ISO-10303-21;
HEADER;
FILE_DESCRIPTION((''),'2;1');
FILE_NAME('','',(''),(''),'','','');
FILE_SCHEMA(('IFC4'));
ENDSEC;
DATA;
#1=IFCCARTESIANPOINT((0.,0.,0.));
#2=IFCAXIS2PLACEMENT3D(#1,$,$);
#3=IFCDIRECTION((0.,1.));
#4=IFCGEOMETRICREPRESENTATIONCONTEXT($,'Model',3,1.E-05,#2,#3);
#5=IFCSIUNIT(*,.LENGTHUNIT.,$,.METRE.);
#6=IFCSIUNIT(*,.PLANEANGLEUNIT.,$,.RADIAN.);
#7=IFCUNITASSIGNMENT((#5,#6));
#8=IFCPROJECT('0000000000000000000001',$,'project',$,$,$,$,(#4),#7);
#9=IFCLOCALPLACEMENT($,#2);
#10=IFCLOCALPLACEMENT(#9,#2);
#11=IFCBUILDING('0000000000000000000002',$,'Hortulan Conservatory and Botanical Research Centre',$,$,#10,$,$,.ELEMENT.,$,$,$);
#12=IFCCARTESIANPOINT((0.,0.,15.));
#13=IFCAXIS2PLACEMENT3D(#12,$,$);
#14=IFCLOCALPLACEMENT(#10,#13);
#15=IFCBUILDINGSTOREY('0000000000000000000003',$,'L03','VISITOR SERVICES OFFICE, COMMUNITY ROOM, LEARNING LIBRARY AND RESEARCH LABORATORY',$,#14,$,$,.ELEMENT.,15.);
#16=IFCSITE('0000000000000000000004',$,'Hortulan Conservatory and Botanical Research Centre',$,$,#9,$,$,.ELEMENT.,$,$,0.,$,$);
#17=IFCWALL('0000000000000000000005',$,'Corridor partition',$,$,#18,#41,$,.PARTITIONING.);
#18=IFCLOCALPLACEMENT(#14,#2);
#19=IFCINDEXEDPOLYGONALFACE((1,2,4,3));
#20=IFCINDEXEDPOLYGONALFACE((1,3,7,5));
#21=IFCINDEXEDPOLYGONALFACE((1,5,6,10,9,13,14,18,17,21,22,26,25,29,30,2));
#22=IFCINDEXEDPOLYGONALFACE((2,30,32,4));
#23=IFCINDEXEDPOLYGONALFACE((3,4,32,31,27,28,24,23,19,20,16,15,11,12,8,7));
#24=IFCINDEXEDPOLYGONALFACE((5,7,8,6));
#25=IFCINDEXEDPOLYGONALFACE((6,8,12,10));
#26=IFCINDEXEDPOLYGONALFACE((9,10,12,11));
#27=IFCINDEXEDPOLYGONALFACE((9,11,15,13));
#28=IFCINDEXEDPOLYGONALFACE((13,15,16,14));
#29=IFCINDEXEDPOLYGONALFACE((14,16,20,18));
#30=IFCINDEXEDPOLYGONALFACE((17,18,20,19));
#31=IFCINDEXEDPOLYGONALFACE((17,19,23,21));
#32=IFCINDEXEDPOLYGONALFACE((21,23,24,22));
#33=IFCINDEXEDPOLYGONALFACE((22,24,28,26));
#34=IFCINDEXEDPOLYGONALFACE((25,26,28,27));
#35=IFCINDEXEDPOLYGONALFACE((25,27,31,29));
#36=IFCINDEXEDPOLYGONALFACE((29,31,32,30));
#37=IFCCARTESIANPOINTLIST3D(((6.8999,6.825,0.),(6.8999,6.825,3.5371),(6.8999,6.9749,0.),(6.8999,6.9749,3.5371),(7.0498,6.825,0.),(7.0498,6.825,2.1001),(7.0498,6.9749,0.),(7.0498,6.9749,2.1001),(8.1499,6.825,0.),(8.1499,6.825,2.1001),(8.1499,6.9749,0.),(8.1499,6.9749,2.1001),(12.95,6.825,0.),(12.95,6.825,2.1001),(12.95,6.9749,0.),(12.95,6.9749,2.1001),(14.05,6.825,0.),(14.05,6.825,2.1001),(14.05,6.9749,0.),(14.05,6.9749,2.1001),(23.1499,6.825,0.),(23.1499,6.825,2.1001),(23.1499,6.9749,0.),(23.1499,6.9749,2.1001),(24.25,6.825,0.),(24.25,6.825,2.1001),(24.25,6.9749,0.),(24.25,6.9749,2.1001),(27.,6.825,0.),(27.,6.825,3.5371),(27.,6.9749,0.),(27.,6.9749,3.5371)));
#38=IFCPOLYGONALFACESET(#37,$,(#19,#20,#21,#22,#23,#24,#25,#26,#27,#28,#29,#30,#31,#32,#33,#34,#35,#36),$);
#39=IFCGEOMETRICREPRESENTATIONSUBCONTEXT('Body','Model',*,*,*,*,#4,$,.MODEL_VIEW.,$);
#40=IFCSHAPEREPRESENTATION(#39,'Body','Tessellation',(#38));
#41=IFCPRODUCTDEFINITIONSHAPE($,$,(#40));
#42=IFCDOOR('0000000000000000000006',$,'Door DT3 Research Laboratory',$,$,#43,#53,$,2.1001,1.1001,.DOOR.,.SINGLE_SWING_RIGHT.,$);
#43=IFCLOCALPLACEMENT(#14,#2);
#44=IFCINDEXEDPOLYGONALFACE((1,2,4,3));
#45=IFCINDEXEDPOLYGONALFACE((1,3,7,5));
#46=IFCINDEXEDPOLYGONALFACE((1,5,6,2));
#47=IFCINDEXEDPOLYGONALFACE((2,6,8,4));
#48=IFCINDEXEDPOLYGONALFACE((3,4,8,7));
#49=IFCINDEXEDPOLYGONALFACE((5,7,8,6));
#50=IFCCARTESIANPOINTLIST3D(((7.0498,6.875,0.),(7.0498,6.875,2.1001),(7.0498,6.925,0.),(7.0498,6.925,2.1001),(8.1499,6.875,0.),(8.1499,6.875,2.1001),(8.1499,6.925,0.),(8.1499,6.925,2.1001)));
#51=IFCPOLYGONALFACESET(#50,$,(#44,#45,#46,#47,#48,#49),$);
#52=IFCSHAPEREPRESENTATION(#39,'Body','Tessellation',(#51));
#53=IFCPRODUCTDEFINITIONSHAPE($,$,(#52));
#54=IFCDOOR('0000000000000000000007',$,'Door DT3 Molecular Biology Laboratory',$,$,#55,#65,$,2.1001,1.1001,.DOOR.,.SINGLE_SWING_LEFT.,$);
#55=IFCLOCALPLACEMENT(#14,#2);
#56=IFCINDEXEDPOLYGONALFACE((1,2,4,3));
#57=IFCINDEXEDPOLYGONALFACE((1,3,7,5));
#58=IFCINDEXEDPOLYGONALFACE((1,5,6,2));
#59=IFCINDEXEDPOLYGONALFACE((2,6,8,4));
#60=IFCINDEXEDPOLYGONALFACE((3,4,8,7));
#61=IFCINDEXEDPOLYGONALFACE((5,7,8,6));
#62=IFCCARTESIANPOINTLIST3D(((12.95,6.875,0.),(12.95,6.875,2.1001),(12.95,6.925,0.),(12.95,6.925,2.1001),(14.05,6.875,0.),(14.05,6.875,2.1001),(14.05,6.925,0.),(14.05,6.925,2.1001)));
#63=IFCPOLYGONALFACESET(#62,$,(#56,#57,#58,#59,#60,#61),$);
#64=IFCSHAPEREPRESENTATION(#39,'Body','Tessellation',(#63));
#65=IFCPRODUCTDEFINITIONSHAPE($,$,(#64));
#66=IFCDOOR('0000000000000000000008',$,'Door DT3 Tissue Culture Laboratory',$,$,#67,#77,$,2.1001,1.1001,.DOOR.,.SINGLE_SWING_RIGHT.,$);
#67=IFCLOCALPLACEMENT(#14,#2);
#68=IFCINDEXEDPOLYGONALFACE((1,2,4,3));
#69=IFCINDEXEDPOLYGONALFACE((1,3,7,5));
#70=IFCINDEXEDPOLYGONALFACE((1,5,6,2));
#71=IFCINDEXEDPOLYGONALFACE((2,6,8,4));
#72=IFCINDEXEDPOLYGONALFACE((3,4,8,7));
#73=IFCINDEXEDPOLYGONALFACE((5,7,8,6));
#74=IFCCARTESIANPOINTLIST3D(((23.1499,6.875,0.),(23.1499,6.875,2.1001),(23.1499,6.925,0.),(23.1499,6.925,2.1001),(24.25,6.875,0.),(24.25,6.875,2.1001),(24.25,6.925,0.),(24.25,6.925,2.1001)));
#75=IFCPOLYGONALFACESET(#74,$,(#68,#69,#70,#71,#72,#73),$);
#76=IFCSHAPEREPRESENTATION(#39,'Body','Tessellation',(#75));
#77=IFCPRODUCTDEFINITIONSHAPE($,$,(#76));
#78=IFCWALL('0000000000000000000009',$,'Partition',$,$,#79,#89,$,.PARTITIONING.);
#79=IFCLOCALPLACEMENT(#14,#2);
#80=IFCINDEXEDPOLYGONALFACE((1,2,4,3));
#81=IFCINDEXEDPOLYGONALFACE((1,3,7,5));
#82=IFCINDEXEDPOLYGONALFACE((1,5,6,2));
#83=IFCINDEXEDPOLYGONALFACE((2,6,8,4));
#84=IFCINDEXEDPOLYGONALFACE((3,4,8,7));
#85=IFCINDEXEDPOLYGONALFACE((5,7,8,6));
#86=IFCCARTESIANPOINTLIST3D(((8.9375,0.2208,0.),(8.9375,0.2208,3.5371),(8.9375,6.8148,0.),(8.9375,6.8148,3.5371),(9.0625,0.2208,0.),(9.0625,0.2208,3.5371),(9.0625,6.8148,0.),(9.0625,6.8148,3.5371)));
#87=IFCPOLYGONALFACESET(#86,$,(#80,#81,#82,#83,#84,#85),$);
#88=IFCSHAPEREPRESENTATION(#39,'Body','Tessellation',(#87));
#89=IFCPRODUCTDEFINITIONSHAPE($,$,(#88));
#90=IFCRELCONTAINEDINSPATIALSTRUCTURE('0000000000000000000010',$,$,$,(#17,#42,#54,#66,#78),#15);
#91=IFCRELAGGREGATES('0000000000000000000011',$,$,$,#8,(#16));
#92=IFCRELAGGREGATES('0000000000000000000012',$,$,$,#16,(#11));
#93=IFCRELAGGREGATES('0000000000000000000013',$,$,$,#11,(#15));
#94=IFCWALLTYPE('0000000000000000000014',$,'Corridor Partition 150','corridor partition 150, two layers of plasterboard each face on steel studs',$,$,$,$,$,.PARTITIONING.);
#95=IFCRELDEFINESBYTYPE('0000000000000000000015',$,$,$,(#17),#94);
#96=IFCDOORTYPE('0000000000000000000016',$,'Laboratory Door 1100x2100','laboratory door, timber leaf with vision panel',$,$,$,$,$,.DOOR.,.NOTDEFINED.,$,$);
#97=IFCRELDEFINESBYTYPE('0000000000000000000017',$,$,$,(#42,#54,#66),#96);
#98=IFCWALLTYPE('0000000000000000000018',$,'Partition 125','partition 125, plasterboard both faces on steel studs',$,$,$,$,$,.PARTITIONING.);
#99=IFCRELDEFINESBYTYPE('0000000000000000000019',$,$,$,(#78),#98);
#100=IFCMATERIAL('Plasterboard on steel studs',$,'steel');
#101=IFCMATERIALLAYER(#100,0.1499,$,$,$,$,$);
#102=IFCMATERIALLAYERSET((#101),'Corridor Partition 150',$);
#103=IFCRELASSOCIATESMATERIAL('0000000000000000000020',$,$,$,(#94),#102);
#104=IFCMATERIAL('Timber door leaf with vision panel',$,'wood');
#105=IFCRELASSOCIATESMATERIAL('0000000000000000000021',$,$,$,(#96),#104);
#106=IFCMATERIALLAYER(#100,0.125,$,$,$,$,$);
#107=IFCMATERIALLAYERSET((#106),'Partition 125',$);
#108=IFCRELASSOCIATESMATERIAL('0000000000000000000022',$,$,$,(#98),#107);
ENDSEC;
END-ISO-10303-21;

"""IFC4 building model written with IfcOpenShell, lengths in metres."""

from ifc_helpers import new_model, si_unit, direction, frame, frame_2d, origin, place, context, subcontext, project, spatial, rectangle, extrude, material, layer, layer_set, type_object, element, fill, save


model = new_model("IFC4")

# Units and contexts
model_context = context("Model", 3, precision=1e-05, world=origin(), true_north=direction((0.0, 1.0)))
body_context = subcontext(model_context, "Body", "Model", "MODEL_VIEW")
ifc_project = project(units=[si_unit("LENGTHUNIT", "METRE"), si_unit("PLANEANGLEUNIT", "RADIAN")], contexts=[model_context])

# Site, building, storey
site_placement = place(None, origin())
site = spatial("IfcSite", under=ifc_project, at=site_placement, Name="Hortulan Conservatory and Botanical Research Centre", CompositionType="ELEMENT", RefElevation=0.0)
building_placement = place(site_placement, origin())
building = spatial("IfcBuilding", under=site, at=building_placement, Name="Hortulan Conservatory and Botanical Research Centre", CompositionType="ELEMENT")
storey_placement = place(building_placement, frame((0.0, 0.0, 15.0)))
storey = spatial("IfcBuildingStorey", under=building, at=storey_placement, Name="L03", Description="VISITOR SERVICES OFFICE, COMMUNITY ROOM, LEARNING LIBRARY AND RESEARCH LABORATORY", CompositionType="ELEMENT", Elevation=15.0)

# Wall, openings, doors
ifc_material_1 = material(Name="Plasterboard on steel studs", Category="steel")
ifc_layer_1 = layer(ifc_material_1, 0.1499)
ifc_layer_set_1 = layer_set([ifc_layer_1], Name="Corridor Partition 150")
wall_type_1 = type_object("IfcWallType", Name="Corridor Partition 150", Description="corridor partition 150, two layers of plasterboard each face on steel studs", PredefinedType="PARTITIONING", material=ifc_layer_set_1)
wall_1_placement = place(storey_placement, frame((6.8999, 6.8999, 0.0), z_axis=(0.0, 0.0, 1.0), x_axis=(1.0, 0.0, 0.0)))
wall_1 = element("IfcWall", 1, at=wall_1_placement, inside=storey, type_object=wall_type_1, Name="Corridor partition", PredefinedType="PARTITIONING", context=body_context, shape_type="SweptSolid", body=[
    extrude(rectangle(XDim=20.1001, YDim=0.1499, at=frame_2d((10.05, 0.0))), origin(), (0.0, 0.0, 1.0), 3.5371),
])
opening_1_placement = place(wall_1_placement, frame((0.1499, 0.0, 0.0)))
opening_1 = element("IfcOpeningElement", 2, at=opening_1_placement, cuts=wall_1, PredefinedType="OPENING", context=body_context, shape_type="SweptSolid", body=[
    extrude(rectangle(XDim=1.1001, YDim=2.1001, at=frame_2d((0.55, 1.05))), frame((0.0, 0.085, 0.0), z_axis=(0.0, -1.0, 0.0), x_axis=(1.0, 0.0, 0.0)), (0.0, 0.0, 1.0), 0.1699),
])
opening_2_placement = place(wall_1_placement, frame((6.05, 0.0, 0.0)))
opening_2 = element("IfcOpeningElement", 3, at=opening_2_placement, cuts=wall_1, PredefinedType="OPENING", context=body_context, shape_type="SweptSolid", body=[
    extrude(rectangle(XDim=1.1001, YDim=2.1001, at=frame_2d((0.55, 1.05))), frame((0.0, 0.085, 0.0), z_axis=(0.0, -1.0, 0.0), x_axis=(1.0, 0.0, 0.0)), (0.0, 0.0, 1.0), 0.1699),
])
opening_3_placement = place(wall_1_placement, frame((16.25, 0.0, 0.0)))
opening_3 = element("IfcOpeningElement", 4, at=opening_3_placement, cuts=wall_1, PredefinedType="OPENING", context=body_context, shape_type="SweptSolid", body=[
    extrude(rectangle(XDim=1.1001, YDim=2.1001, at=frame_2d((0.55, 1.05))), frame((0.0, 0.085, 0.0), z_axis=(0.0, -1.0, 0.0), x_axis=(1.0, 0.0, 0.0)), (0.0, 0.0, 1.0), 0.1699),
])
ifc_material_2 = material(Name="Timber door leaf with vision panel", Category="wood")
door_type = type_object("IfcDoorType", Name="Laboratory Door 1100x2100", Description="laboratory door, timber leaf with vision panel", OperationType="NOTDEFINED", PredefinedType="DOOR", material=ifc_material_2)
door_1_placement = place(opening_1_placement, frame((1.1001, 0.0, 0.0), z_axis=(0.0, 0.0, 1.0), x_axis=(-1.0, 0.0, 0.0)))
door_1 = element("IfcDoor", 5, at=door_1_placement, inside=storey, type_object=door_type, Name="Door DT3 Research Laboratory", OperationType="SINGLE_SWING_RIGHT", OverallHeight=2.1001, OverallWidth=1.1001, PredefinedType="DOOR", context=body_context, shape_type="SweptSolid", body=[
    extrude(rectangle(XDim=1.1001, YDim=2.1001, at=frame_2d((0.55, 1.05))), frame((0.0, 0.0249, 0.0), z_axis=(0.0, -1.0, 0.0), x_axis=(1.0, 0.0, 0.0)), (0.0, 0.0, 1.0), 0.05),
])
fill(opening_1, door_1)
door_2_placement = place(opening_2_placement, frame((1.1001, 0.0, 0.0), z_axis=(0.0, 0.0, 1.0), x_axis=(-1.0, 0.0, 0.0)))
door_2 = element("IfcDoor", 6, at=door_2_placement, inside=storey, type_object=door_type, Name="Door DT3 Molecular Biology Laboratory", OperationType="SINGLE_SWING_LEFT", OverallHeight=2.1001, OverallWidth=1.1001, PredefinedType="DOOR", context=body_context, shape_type="SweptSolid", body=[
    extrude(rectangle(XDim=1.1001, YDim=2.1001, at=frame_2d((0.55, 1.05))), frame((0.0, 0.0249, 0.0), z_axis=(0.0, -1.0, 0.0), x_axis=(1.0, 0.0, 0.0)), (0.0, 0.0, 1.0), 0.05),
])
fill(opening_2, door_2)
door_3_placement = place(opening_3_placement, frame((1.1001, 0.0, 0.0), z_axis=(0.0, 0.0, 1.0), x_axis=(-1.0, 0.0, 0.0)))
door_3 = element("IfcDoor", 7, at=door_3_placement, inside=storey, type_object=door_type, Name="Door DT3 Tissue Culture Laboratory", OperationType="SINGLE_SWING_RIGHT", OverallHeight=2.1001, OverallWidth=1.1001, PredefinedType="DOOR", context=body_context, shape_type="SweptSolid", body=[
    extrude(rectangle(XDim=1.1001, YDim=2.1001, at=frame_2d((0.55, 1.05))), frame((0.0, 0.0249, 0.0), z_axis=(0.0, -1.0, 0.0), x_axis=(1.0, 0.0, 0.0)), (0.0, 0.0, 1.0), 0.05),
])
fill(opening_3, door_3)

# Wall
ifc_layer_2 = layer(ifc_material_1, 0.125)
ifc_layer_set_2 = layer_set([ifc_layer_2], Name="Partition 125")
wall_type_2 = type_object("IfcWallType", Name="Partition 125", Description="partition 125, plasterboard both faces on steel studs", PredefinedType="PARTITIONING", material=ifc_layer_set_2)
wall_2_placement = place(storey_placement, frame((9.0, 0.2209, 0.0), z_axis=(0.0, 0.0, 1.0), x_axis=(0.0, 1.0, 0.0)))
element("IfcWall", 8, at=wall_2_placement, inside=storey, type_object=wall_type_2, Name="Partition", PredefinedType="PARTITIONING", context=body_context, shape_type="SweptSolid", body=[
    extrude(rectangle(XDim=6.594, YDim=0.125, at=frame_2d((3.2969, 0.0))), origin(), (0.0, 0.0, 1.0), 3.5371),
])

save(model, "model.ifc")
